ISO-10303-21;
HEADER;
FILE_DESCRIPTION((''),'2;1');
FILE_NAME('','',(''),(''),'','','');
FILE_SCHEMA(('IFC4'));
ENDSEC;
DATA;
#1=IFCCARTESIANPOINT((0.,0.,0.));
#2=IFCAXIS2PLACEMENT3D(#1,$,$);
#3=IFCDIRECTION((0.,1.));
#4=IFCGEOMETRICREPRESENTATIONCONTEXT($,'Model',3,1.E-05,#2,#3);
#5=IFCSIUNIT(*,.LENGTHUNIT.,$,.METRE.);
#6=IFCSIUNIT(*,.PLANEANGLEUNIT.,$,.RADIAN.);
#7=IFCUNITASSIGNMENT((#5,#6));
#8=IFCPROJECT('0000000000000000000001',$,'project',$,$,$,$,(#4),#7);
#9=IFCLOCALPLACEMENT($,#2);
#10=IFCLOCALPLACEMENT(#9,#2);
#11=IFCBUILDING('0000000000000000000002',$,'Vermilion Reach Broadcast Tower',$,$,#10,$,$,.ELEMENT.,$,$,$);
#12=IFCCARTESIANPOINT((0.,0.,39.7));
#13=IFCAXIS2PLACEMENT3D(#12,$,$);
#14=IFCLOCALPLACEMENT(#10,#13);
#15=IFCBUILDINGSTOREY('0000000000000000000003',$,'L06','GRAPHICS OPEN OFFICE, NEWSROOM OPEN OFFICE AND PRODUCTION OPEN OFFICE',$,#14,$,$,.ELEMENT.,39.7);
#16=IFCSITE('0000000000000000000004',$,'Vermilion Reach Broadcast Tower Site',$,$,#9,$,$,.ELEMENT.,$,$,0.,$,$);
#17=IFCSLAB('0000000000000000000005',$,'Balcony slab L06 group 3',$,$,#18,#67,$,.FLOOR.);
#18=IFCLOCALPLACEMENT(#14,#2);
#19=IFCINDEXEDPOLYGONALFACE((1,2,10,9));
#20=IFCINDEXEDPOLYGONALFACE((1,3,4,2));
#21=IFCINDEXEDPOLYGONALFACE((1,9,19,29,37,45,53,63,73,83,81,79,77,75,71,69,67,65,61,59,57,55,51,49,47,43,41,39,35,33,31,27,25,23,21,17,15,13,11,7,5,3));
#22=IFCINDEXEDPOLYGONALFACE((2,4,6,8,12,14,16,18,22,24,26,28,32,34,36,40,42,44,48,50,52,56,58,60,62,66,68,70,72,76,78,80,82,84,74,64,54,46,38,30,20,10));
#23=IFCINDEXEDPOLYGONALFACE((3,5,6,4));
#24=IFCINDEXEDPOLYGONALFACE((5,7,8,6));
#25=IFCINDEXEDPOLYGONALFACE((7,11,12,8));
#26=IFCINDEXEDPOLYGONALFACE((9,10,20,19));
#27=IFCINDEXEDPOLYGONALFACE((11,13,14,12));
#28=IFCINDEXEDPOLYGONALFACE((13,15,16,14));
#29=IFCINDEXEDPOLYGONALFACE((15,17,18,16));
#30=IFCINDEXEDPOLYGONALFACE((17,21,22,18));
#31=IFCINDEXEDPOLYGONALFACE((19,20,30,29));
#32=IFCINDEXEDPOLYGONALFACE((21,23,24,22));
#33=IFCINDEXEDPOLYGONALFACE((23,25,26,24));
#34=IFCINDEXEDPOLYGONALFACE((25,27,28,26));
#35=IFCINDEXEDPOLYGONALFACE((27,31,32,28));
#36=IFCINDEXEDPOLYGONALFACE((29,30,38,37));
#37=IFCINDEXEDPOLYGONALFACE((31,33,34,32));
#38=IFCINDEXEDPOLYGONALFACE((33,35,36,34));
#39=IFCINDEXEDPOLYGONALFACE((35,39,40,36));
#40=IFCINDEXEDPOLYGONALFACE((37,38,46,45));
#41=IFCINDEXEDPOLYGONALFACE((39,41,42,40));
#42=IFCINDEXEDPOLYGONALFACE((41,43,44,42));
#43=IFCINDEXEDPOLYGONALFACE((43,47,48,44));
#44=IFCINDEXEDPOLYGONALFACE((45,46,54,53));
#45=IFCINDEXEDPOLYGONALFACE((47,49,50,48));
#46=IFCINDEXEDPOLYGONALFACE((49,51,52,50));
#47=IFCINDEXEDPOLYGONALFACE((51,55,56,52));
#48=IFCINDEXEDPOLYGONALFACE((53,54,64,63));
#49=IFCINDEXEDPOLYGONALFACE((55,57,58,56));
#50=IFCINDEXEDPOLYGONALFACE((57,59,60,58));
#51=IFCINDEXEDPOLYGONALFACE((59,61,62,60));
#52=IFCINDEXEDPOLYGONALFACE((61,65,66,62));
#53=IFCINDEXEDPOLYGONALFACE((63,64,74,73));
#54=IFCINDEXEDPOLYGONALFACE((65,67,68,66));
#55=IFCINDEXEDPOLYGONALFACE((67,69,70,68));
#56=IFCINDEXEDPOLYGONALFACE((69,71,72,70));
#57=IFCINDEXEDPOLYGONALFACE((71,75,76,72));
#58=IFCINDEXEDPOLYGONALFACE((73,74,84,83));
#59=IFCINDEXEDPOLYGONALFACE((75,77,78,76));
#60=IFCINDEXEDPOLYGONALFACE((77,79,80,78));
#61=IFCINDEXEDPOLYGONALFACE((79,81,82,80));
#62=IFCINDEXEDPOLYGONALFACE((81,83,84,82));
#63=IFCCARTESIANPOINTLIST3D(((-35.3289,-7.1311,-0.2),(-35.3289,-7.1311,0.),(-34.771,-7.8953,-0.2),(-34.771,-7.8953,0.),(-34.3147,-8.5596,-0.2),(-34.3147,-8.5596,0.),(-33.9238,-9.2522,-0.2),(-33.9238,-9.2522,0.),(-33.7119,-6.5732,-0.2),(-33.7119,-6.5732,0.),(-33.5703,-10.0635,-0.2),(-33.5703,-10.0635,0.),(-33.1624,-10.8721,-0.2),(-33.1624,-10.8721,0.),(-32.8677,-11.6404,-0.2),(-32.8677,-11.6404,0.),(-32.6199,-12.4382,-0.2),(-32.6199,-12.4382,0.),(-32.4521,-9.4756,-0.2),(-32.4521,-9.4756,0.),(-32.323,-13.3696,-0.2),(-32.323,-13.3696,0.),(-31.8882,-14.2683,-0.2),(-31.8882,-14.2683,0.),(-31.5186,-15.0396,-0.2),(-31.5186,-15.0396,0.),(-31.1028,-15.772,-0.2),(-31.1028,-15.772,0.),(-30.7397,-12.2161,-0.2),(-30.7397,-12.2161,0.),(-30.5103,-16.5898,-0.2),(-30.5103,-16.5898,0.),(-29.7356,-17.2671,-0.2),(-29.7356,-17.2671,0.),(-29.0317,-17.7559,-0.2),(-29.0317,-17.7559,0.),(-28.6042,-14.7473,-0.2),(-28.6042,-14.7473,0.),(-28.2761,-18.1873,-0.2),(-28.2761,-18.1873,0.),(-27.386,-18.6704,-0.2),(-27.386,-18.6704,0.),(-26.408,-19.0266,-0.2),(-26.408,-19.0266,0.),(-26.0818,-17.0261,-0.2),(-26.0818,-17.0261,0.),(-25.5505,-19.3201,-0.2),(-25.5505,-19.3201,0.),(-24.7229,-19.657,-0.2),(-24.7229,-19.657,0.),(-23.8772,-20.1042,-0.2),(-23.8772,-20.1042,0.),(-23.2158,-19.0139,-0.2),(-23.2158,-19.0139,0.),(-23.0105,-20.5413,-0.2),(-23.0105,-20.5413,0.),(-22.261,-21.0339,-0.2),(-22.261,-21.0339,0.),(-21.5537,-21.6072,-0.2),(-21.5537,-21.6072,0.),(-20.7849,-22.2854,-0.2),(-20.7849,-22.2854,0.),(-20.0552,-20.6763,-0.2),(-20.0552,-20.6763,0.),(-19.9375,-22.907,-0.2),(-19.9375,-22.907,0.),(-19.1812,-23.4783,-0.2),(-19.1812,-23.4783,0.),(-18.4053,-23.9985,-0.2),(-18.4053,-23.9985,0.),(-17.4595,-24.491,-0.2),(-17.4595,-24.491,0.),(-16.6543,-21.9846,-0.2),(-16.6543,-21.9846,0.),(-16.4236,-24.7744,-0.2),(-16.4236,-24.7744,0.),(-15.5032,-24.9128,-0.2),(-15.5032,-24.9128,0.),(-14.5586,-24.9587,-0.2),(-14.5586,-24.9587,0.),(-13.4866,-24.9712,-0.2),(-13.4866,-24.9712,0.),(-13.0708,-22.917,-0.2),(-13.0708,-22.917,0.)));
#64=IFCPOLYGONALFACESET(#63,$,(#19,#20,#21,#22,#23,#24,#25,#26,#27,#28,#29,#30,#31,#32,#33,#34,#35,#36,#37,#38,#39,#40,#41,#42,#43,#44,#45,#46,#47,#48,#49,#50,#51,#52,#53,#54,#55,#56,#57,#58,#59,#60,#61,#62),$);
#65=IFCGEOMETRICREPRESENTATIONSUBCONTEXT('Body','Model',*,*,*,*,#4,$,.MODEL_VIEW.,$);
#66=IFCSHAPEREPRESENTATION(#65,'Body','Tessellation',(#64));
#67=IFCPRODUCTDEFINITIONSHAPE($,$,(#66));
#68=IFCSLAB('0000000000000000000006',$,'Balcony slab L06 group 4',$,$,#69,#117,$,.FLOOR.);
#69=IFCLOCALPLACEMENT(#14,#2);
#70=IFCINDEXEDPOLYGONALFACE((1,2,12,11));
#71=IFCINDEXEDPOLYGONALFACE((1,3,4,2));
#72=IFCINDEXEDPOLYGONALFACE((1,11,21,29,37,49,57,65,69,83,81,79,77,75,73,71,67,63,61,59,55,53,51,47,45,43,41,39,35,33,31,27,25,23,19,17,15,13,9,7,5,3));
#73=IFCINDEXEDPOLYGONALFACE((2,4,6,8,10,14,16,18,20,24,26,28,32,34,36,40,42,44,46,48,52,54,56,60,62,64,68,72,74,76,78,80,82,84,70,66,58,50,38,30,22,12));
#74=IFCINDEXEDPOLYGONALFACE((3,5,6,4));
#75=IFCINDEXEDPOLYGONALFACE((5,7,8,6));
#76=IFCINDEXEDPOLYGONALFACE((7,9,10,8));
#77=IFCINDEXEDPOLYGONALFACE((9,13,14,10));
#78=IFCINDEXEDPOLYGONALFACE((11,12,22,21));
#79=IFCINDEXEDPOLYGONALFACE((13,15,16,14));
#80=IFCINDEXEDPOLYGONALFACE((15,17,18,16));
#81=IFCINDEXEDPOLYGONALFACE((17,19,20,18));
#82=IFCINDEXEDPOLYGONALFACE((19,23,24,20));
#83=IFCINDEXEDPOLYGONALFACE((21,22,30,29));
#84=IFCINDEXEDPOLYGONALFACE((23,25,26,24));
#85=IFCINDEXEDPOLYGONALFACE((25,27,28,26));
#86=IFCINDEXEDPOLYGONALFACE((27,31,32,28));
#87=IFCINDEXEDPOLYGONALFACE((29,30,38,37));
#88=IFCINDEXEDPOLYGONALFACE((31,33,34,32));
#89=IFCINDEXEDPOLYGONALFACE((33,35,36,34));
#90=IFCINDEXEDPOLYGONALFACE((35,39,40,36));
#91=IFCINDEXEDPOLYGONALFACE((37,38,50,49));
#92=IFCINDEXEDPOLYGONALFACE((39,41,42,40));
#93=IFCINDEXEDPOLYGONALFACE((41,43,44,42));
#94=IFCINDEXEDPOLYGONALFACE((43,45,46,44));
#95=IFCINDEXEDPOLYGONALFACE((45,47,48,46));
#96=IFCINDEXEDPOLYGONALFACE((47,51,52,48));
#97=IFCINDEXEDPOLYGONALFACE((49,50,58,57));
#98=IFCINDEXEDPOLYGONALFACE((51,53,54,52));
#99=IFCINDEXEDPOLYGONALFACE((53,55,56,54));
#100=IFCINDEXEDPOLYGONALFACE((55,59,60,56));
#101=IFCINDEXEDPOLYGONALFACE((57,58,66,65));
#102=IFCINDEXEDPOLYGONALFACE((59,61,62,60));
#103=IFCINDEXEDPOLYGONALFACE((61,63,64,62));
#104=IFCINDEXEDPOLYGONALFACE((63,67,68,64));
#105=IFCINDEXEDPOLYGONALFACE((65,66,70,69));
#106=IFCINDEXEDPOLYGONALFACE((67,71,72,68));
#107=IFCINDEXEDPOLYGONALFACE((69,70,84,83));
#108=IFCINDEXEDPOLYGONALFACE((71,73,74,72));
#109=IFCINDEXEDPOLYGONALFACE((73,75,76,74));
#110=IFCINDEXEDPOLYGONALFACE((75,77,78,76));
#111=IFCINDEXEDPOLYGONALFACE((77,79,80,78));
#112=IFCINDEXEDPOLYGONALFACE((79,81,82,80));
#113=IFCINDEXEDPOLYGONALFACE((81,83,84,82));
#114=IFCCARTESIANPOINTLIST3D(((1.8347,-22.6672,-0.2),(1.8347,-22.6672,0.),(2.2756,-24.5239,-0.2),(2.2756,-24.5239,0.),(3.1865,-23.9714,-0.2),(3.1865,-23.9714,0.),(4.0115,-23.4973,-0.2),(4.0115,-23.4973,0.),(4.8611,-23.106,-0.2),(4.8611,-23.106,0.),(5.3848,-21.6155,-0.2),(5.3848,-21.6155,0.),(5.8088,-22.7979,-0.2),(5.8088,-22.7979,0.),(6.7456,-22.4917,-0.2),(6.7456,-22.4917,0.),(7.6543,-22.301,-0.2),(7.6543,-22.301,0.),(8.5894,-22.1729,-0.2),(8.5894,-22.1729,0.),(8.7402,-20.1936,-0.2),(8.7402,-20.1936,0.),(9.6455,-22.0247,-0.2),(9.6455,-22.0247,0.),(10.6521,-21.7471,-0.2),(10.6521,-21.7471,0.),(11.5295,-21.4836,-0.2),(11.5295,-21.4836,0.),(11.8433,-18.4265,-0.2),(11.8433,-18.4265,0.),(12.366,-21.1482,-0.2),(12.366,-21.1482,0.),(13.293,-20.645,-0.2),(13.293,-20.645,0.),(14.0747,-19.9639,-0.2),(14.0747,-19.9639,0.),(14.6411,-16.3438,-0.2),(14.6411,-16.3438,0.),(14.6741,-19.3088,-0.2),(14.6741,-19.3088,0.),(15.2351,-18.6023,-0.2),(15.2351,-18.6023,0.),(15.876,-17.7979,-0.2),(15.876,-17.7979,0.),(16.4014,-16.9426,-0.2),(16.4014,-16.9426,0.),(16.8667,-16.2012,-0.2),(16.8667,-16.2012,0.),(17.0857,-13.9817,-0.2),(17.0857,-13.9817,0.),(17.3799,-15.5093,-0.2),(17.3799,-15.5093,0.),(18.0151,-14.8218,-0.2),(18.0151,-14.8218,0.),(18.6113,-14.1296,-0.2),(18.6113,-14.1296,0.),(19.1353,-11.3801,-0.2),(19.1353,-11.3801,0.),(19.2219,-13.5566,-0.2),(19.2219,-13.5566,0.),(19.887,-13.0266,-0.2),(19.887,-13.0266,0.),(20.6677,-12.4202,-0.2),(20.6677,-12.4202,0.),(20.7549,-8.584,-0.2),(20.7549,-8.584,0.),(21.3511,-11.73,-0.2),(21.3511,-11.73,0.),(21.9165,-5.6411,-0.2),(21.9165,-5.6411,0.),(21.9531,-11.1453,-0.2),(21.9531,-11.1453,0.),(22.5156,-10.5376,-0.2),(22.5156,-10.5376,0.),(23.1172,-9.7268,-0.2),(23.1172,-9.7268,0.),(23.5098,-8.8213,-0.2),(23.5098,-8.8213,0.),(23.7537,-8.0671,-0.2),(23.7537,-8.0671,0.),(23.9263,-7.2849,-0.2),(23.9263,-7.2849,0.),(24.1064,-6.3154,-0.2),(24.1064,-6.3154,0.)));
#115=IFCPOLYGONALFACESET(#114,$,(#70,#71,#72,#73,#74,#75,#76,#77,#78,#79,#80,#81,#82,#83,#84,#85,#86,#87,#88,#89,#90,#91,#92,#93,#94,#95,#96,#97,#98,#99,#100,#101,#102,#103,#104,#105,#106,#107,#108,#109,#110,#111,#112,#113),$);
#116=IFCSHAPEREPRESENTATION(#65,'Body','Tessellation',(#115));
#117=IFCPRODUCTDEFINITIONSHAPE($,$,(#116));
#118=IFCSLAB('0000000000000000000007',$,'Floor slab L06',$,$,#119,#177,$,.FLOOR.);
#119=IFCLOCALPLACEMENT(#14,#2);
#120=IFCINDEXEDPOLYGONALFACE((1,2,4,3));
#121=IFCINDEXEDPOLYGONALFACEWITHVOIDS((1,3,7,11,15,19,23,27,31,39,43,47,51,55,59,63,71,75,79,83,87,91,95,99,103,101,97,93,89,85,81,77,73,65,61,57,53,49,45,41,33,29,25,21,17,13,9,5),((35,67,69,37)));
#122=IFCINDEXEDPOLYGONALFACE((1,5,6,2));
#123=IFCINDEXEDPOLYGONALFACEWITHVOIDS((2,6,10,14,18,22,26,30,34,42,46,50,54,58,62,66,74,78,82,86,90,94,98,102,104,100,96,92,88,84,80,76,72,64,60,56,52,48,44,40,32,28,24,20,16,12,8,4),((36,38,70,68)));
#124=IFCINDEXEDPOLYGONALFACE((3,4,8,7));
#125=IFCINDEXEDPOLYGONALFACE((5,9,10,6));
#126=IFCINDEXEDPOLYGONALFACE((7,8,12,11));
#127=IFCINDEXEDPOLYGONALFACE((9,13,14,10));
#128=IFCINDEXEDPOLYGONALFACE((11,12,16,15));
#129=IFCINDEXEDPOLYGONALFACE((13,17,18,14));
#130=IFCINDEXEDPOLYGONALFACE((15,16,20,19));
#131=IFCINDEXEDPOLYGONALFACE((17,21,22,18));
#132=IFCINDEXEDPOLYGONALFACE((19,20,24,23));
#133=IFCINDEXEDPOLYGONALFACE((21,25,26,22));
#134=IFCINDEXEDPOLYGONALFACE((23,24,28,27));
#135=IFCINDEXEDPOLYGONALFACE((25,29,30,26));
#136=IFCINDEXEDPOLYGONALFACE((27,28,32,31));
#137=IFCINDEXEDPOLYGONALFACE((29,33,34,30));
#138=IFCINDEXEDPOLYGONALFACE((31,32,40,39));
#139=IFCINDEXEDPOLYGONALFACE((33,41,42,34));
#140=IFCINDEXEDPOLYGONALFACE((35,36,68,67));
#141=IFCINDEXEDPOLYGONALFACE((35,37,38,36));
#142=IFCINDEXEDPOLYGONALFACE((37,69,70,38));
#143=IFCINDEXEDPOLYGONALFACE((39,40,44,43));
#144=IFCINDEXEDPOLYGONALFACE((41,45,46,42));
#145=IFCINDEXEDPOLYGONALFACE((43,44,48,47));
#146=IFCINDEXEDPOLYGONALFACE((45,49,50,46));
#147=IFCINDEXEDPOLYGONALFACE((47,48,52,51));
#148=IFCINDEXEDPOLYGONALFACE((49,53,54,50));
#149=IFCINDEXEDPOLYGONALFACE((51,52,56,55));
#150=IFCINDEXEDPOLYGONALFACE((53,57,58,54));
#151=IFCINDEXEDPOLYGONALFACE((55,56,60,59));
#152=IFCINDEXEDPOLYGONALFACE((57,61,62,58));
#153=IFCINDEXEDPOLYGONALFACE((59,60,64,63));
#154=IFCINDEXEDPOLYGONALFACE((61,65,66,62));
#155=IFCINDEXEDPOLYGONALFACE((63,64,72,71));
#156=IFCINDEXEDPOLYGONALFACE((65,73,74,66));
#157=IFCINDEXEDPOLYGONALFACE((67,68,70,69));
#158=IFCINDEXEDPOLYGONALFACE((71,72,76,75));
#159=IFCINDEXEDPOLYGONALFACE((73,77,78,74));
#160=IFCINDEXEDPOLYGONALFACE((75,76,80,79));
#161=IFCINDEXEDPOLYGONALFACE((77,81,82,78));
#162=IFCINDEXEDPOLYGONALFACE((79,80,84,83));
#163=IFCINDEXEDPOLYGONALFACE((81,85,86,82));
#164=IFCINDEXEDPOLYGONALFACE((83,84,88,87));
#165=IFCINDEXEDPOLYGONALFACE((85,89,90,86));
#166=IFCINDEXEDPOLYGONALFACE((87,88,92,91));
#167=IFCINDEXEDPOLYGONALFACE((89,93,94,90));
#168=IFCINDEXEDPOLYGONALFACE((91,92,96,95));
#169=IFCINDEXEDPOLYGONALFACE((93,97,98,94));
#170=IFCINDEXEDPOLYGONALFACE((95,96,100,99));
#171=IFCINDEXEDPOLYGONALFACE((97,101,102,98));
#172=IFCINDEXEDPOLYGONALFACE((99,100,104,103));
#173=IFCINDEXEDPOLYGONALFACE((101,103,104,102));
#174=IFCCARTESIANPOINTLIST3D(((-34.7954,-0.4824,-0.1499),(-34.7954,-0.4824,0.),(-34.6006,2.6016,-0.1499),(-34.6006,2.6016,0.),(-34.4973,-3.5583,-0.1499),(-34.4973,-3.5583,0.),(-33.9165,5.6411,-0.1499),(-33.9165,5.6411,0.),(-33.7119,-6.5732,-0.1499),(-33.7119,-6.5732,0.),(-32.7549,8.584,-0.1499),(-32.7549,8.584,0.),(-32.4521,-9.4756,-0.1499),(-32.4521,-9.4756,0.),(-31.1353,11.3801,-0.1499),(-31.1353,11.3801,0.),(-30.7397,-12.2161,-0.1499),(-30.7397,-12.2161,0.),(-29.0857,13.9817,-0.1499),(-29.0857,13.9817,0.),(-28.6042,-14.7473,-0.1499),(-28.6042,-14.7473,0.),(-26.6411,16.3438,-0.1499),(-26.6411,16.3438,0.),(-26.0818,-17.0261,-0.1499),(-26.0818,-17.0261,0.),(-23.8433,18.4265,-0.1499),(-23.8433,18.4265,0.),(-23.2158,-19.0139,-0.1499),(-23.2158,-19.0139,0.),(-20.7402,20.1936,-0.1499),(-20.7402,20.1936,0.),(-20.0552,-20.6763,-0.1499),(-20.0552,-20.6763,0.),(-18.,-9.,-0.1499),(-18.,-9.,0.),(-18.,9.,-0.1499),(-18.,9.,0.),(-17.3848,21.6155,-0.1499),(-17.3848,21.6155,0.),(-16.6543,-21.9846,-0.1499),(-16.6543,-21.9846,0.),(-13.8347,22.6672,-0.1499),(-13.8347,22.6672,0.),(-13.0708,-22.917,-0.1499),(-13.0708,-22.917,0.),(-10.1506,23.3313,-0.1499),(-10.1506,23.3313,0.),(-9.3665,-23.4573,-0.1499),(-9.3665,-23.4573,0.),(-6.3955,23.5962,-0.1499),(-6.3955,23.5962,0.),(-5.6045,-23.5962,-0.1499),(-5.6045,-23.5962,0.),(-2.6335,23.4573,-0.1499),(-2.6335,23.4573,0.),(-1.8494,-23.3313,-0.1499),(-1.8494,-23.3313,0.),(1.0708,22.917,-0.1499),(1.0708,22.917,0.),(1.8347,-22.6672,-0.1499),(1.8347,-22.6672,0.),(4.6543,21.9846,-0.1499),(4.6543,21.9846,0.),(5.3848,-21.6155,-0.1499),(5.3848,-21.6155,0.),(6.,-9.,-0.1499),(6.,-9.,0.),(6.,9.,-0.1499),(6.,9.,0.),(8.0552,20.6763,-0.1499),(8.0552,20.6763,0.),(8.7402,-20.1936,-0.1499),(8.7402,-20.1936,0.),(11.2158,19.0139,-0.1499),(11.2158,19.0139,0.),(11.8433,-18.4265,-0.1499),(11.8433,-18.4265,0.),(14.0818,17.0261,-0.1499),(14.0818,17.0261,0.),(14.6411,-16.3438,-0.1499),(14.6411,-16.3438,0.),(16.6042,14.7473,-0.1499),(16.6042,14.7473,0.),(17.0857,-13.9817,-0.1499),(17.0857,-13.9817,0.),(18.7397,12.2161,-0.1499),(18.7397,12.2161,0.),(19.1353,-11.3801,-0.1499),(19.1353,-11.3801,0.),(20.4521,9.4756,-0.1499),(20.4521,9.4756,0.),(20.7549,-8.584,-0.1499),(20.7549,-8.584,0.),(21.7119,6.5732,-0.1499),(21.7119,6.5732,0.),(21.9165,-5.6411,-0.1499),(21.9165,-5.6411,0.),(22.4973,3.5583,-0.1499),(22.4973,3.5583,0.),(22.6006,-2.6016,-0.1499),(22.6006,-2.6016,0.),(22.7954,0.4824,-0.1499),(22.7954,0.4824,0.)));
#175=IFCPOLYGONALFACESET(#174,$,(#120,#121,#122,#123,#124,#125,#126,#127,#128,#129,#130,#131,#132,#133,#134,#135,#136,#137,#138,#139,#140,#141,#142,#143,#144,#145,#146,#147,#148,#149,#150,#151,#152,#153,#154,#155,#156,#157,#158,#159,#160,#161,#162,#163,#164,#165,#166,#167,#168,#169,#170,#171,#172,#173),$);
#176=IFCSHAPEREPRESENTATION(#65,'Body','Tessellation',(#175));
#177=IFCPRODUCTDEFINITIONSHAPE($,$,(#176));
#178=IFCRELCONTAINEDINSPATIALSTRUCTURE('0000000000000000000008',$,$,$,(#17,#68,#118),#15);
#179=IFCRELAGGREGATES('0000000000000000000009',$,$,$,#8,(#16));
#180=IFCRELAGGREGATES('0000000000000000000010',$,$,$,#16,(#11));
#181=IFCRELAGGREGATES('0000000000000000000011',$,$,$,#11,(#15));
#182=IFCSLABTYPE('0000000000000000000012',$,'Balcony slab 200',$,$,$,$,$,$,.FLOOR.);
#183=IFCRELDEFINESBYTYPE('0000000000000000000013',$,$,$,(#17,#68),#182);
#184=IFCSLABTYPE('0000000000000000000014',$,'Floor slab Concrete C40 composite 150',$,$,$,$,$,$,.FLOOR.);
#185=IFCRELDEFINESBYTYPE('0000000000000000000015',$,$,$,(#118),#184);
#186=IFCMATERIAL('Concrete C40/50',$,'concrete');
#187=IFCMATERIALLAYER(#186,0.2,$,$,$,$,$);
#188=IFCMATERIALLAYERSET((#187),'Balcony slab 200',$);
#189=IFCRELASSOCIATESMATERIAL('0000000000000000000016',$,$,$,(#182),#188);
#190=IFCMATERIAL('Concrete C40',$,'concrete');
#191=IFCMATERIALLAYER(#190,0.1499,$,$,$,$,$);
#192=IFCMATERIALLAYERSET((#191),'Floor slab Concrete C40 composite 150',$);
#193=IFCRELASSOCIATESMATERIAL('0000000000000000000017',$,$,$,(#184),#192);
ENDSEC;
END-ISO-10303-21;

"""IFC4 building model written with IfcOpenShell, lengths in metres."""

from ifc_helpers import new_model, si_unit, direction, frame, origin, place, context, subcontext, project, spatial, polyline, outline, extrude, material, layer, layer_set, type_object, element, save


model = new_model("IFC4")

# Units and contexts
model_context = context("Model", 3, precision=1e-05, world=origin(), true_north=direction((0.0, 1.0)))
body_context = subcontext(model_context, "Body", "Model", "MODEL_VIEW")
ifc_project = project(units=[si_unit("LENGTHUNIT", "METRE"), si_unit("PLANEANGLEUNIT", "RADIAN")], contexts=[model_context])

# Site, building, storey
site_placement = place(None, origin())
site = spatial("IfcSite", under=ifc_project, at=site_placement, Name="Vermilion Reach Broadcast Tower Site", CompositionType="ELEMENT", RefElevation=0.0)
building_placement = place(site_placement, origin())
building = spatial("IfcBuilding", under=site, at=building_placement, Name="Vermilion Reach Broadcast Tower", CompositionType="ELEMENT")
storey_placement = place(building_placement, frame((0.0, 0.0, 39.7)))
storey = spatial("IfcBuildingStorey", under=building, at=storey_placement, Name="L06", Description="GRAPHICS OPEN OFFICE, NEWSROOM OPEN OFFICE AND PRODUCTION OPEN OFFICE", CompositionType="ELEMENT", Elevation=39.7)

# Slabs
ifc_material_1 = material(Name="Concrete C40/50", Category="concrete")
ifc_layer_1 = layer(ifc_material_1, 0.2)
ifc_layer_set_1 = layer_set([ifc_layer_1], Name="Balcony slab 200")
slab_type_1 = type_object("IfcSlabType", Name="Balcony slab 200", PredefinedType="FLOOR", material=ifc_layer_set_1)
placement = place(storey_placement, frame((0.0, 0.0, -0.2)))
element("IfcSlab", 1, at=placement, inside=storey, type_object=slab_type_1, Name="Balcony slab L06 group 3", PredefinedType="FLOOR", context=body_context, shape_type="SweptSolid", body=[
    extrude(outline(polyline([(-33.7119, -6.5732), (-32.4521, -9.4756), (-30.7397, -12.2161), (-28.6042, -14.7473), (-26.0818, -17.0261), (-23.2158, -19.0139), (-20.0552, -20.6763), (-16.6543, -21.9846), (-13.0708, -22.917), (-13.4866, -24.9712), (-14.5586, -24.9587), (-15.5032, -24.9128), (-16.4236, -24.7744), (-17.4595, -24.491), (-18.4053, -23.9985), (-19.1812, -23.4783), (-19.9375, -22.907), (-20.7849, -22.2854), (-21.5537, -21.6072), (-22.261, -21.0339), (-23.0105, -20.5413), (-23.8772, -20.1042), (-24.7229, -19.657), (-25.5505, -19.3201), (-26.408, -19.0266), (-27.386, -18.6704), (-28.2761, -18.1873), (-29.0317, -17.7559), (-29.7356, -17.2671), (-30.5103, -16.5898), (-31.1028, -15.772), (-31.5186, -15.0396), (-31.8882, -14.2683), (-32.323, -13.3696), (-32.6199, -12.4382), (-32.8677, -11.6404), (-33.1624, -10.8721), (-33.5703, -10.0635), (-33.9238, -9.2522), (-34.3147, -8.5596), (-34.771, -7.8953), (-35.3289, -7.1311), (-33.7119, -6.5732)])), origin(), (0.0, 0.0, 1.0), 0.2),
])
element("IfcSlab", 2, at=placement, inside=storey, type_object=slab_type_1, Name="Balcony slab L06 group 4", PredefinedType="FLOOR", context=body_context, shape_type="SweptSolid", body=[
    extrude(outline(polyline([(1.8347, -22.6672), (5.3848, -21.6155), (8.7402, -20.1936), (11.8433, -18.4265), (14.6411, -16.3438), (17.0857, -13.9817), (19.1353, -11.3801), (20.7549, -8.584), (21.9165, -5.6411), (24.1064, -6.3154), (23.9263, -7.2849), (23.7537, -8.0671), (23.5098, -8.8213), (23.1172, -9.7268), (22.5156, -10.5376), (21.9531, -11.1453), (21.3511, -11.73), (20.6677, -12.4202), (19.887, -13.0266), (19.2219, -13.5566), (18.6113, -14.1296), (18.0151, -14.8218), (17.3799, -15.5093), (16.8667, -16.2012), (16.4014, -16.9426), (15.876, -17.7979), (15.2351, -18.6023), (14.6741, -19.3088), (14.0747, -19.9639), (13.293, -20.645), (12.366, -21.1482), (11.5295, -21.4836), (10.6521, -21.7471), (9.6455, -22.0247), (8.5894, -22.1729), (7.6543, -22.301), (6.7456, -22.4917), (5.8088, -22.7979), (4.8611, -23.106), (4.0115, -23.4973), (3.1865, -23.9714), (2.2756, -24.5239), (1.8347, -22.6672)])), origin(), (0.0, 0.0, 1.0), 0.2),
])
ifc_material_2 = material(Name="Concrete C40", Category="concrete")
ifc_layer_2 = layer(ifc_material_2, 0.1499)
ifc_layer_set_2 = layer_set([ifc_layer_2], Name="Floor slab Concrete C40 composite 150")
slab_type_2 = type_object("IfcSlabType", Name="Floor slab Concrete C40 composite 150", PredefinedType="FLOOR", material=ifc_layer_set_2)
slab_1_placement = place(storey_placement, frame((0.0, 0.0, -0.1499)))
element("IfcSlab", 3, at=slab_1_placement, inside=storey, type_object=slab_type_2, Name="Floor slab L06", PredefinedType="FLOOR", context=body_context, shape_type="SweptSolid", body=[
    extrude(outline(polyline([(22.7954, 0.4824), (22.4973, 3.5583), (21.7119, 6.5732), (20.4521, 9.4756), (18.7397, 12.2161), (16.6042, 14.7473), (14.0818, 17.0261), (11.2158, 19.0139), (8.0552, 20.6763), (4.6543, 21.9846), (1.0708, 22.917), (-2.6335, 23.4573), (-6.3955, 23.5962), (-10.1506, 23.3313), (-13.8347, 22.6672), (-17.3848, 21.6155), (-20.7402, 20.1936), (-23.8433, 18.4265), (-26.6411, 16.3438), (-29.0857, 13.9817), (-31.1353, 11.3801), (-32.7549, 8.584), (-33.9165, 5.6411), (-34.6006, 2.6016), (-34.7954, -0.4824), (-34.4973, -3.5583), (-33.7119, -6.5732), (-32.4521, -9.4756), (-30.7397, -12.2161), (-28.6042, -14.7473), (-26.0818, -17.0261), (-23.2158, -19.0139), (-20.0552, -20.6763), (-16.6543, -21.9846), (-13.0708, -22.917), (-9.3665, -23.4573), (-5.6045, -23.5962), (-1.8494, -23.3313), (1.8347, -22.6672), (5.3848, -21.6155), (8.7402, -20.1936), (11.8433, -18.4265), (14.6411, -16.3438), (17.0857, -13.9817), (19.1353, -11.3801), (20.7549, -8.584), (21.9165, -5.6411), (22.6006, -2.6016), (22.7954, 0.4824)]), holes=[polyline([(-18.0, -9.0), (6.0, -9.0), (6.0, 9.0), (-18.0, 9.0), (-18.0, -9.0)])]), origin(), (0.0, 0.0, 1.0), 0.1499),
])

save(model, "model.ifc")
